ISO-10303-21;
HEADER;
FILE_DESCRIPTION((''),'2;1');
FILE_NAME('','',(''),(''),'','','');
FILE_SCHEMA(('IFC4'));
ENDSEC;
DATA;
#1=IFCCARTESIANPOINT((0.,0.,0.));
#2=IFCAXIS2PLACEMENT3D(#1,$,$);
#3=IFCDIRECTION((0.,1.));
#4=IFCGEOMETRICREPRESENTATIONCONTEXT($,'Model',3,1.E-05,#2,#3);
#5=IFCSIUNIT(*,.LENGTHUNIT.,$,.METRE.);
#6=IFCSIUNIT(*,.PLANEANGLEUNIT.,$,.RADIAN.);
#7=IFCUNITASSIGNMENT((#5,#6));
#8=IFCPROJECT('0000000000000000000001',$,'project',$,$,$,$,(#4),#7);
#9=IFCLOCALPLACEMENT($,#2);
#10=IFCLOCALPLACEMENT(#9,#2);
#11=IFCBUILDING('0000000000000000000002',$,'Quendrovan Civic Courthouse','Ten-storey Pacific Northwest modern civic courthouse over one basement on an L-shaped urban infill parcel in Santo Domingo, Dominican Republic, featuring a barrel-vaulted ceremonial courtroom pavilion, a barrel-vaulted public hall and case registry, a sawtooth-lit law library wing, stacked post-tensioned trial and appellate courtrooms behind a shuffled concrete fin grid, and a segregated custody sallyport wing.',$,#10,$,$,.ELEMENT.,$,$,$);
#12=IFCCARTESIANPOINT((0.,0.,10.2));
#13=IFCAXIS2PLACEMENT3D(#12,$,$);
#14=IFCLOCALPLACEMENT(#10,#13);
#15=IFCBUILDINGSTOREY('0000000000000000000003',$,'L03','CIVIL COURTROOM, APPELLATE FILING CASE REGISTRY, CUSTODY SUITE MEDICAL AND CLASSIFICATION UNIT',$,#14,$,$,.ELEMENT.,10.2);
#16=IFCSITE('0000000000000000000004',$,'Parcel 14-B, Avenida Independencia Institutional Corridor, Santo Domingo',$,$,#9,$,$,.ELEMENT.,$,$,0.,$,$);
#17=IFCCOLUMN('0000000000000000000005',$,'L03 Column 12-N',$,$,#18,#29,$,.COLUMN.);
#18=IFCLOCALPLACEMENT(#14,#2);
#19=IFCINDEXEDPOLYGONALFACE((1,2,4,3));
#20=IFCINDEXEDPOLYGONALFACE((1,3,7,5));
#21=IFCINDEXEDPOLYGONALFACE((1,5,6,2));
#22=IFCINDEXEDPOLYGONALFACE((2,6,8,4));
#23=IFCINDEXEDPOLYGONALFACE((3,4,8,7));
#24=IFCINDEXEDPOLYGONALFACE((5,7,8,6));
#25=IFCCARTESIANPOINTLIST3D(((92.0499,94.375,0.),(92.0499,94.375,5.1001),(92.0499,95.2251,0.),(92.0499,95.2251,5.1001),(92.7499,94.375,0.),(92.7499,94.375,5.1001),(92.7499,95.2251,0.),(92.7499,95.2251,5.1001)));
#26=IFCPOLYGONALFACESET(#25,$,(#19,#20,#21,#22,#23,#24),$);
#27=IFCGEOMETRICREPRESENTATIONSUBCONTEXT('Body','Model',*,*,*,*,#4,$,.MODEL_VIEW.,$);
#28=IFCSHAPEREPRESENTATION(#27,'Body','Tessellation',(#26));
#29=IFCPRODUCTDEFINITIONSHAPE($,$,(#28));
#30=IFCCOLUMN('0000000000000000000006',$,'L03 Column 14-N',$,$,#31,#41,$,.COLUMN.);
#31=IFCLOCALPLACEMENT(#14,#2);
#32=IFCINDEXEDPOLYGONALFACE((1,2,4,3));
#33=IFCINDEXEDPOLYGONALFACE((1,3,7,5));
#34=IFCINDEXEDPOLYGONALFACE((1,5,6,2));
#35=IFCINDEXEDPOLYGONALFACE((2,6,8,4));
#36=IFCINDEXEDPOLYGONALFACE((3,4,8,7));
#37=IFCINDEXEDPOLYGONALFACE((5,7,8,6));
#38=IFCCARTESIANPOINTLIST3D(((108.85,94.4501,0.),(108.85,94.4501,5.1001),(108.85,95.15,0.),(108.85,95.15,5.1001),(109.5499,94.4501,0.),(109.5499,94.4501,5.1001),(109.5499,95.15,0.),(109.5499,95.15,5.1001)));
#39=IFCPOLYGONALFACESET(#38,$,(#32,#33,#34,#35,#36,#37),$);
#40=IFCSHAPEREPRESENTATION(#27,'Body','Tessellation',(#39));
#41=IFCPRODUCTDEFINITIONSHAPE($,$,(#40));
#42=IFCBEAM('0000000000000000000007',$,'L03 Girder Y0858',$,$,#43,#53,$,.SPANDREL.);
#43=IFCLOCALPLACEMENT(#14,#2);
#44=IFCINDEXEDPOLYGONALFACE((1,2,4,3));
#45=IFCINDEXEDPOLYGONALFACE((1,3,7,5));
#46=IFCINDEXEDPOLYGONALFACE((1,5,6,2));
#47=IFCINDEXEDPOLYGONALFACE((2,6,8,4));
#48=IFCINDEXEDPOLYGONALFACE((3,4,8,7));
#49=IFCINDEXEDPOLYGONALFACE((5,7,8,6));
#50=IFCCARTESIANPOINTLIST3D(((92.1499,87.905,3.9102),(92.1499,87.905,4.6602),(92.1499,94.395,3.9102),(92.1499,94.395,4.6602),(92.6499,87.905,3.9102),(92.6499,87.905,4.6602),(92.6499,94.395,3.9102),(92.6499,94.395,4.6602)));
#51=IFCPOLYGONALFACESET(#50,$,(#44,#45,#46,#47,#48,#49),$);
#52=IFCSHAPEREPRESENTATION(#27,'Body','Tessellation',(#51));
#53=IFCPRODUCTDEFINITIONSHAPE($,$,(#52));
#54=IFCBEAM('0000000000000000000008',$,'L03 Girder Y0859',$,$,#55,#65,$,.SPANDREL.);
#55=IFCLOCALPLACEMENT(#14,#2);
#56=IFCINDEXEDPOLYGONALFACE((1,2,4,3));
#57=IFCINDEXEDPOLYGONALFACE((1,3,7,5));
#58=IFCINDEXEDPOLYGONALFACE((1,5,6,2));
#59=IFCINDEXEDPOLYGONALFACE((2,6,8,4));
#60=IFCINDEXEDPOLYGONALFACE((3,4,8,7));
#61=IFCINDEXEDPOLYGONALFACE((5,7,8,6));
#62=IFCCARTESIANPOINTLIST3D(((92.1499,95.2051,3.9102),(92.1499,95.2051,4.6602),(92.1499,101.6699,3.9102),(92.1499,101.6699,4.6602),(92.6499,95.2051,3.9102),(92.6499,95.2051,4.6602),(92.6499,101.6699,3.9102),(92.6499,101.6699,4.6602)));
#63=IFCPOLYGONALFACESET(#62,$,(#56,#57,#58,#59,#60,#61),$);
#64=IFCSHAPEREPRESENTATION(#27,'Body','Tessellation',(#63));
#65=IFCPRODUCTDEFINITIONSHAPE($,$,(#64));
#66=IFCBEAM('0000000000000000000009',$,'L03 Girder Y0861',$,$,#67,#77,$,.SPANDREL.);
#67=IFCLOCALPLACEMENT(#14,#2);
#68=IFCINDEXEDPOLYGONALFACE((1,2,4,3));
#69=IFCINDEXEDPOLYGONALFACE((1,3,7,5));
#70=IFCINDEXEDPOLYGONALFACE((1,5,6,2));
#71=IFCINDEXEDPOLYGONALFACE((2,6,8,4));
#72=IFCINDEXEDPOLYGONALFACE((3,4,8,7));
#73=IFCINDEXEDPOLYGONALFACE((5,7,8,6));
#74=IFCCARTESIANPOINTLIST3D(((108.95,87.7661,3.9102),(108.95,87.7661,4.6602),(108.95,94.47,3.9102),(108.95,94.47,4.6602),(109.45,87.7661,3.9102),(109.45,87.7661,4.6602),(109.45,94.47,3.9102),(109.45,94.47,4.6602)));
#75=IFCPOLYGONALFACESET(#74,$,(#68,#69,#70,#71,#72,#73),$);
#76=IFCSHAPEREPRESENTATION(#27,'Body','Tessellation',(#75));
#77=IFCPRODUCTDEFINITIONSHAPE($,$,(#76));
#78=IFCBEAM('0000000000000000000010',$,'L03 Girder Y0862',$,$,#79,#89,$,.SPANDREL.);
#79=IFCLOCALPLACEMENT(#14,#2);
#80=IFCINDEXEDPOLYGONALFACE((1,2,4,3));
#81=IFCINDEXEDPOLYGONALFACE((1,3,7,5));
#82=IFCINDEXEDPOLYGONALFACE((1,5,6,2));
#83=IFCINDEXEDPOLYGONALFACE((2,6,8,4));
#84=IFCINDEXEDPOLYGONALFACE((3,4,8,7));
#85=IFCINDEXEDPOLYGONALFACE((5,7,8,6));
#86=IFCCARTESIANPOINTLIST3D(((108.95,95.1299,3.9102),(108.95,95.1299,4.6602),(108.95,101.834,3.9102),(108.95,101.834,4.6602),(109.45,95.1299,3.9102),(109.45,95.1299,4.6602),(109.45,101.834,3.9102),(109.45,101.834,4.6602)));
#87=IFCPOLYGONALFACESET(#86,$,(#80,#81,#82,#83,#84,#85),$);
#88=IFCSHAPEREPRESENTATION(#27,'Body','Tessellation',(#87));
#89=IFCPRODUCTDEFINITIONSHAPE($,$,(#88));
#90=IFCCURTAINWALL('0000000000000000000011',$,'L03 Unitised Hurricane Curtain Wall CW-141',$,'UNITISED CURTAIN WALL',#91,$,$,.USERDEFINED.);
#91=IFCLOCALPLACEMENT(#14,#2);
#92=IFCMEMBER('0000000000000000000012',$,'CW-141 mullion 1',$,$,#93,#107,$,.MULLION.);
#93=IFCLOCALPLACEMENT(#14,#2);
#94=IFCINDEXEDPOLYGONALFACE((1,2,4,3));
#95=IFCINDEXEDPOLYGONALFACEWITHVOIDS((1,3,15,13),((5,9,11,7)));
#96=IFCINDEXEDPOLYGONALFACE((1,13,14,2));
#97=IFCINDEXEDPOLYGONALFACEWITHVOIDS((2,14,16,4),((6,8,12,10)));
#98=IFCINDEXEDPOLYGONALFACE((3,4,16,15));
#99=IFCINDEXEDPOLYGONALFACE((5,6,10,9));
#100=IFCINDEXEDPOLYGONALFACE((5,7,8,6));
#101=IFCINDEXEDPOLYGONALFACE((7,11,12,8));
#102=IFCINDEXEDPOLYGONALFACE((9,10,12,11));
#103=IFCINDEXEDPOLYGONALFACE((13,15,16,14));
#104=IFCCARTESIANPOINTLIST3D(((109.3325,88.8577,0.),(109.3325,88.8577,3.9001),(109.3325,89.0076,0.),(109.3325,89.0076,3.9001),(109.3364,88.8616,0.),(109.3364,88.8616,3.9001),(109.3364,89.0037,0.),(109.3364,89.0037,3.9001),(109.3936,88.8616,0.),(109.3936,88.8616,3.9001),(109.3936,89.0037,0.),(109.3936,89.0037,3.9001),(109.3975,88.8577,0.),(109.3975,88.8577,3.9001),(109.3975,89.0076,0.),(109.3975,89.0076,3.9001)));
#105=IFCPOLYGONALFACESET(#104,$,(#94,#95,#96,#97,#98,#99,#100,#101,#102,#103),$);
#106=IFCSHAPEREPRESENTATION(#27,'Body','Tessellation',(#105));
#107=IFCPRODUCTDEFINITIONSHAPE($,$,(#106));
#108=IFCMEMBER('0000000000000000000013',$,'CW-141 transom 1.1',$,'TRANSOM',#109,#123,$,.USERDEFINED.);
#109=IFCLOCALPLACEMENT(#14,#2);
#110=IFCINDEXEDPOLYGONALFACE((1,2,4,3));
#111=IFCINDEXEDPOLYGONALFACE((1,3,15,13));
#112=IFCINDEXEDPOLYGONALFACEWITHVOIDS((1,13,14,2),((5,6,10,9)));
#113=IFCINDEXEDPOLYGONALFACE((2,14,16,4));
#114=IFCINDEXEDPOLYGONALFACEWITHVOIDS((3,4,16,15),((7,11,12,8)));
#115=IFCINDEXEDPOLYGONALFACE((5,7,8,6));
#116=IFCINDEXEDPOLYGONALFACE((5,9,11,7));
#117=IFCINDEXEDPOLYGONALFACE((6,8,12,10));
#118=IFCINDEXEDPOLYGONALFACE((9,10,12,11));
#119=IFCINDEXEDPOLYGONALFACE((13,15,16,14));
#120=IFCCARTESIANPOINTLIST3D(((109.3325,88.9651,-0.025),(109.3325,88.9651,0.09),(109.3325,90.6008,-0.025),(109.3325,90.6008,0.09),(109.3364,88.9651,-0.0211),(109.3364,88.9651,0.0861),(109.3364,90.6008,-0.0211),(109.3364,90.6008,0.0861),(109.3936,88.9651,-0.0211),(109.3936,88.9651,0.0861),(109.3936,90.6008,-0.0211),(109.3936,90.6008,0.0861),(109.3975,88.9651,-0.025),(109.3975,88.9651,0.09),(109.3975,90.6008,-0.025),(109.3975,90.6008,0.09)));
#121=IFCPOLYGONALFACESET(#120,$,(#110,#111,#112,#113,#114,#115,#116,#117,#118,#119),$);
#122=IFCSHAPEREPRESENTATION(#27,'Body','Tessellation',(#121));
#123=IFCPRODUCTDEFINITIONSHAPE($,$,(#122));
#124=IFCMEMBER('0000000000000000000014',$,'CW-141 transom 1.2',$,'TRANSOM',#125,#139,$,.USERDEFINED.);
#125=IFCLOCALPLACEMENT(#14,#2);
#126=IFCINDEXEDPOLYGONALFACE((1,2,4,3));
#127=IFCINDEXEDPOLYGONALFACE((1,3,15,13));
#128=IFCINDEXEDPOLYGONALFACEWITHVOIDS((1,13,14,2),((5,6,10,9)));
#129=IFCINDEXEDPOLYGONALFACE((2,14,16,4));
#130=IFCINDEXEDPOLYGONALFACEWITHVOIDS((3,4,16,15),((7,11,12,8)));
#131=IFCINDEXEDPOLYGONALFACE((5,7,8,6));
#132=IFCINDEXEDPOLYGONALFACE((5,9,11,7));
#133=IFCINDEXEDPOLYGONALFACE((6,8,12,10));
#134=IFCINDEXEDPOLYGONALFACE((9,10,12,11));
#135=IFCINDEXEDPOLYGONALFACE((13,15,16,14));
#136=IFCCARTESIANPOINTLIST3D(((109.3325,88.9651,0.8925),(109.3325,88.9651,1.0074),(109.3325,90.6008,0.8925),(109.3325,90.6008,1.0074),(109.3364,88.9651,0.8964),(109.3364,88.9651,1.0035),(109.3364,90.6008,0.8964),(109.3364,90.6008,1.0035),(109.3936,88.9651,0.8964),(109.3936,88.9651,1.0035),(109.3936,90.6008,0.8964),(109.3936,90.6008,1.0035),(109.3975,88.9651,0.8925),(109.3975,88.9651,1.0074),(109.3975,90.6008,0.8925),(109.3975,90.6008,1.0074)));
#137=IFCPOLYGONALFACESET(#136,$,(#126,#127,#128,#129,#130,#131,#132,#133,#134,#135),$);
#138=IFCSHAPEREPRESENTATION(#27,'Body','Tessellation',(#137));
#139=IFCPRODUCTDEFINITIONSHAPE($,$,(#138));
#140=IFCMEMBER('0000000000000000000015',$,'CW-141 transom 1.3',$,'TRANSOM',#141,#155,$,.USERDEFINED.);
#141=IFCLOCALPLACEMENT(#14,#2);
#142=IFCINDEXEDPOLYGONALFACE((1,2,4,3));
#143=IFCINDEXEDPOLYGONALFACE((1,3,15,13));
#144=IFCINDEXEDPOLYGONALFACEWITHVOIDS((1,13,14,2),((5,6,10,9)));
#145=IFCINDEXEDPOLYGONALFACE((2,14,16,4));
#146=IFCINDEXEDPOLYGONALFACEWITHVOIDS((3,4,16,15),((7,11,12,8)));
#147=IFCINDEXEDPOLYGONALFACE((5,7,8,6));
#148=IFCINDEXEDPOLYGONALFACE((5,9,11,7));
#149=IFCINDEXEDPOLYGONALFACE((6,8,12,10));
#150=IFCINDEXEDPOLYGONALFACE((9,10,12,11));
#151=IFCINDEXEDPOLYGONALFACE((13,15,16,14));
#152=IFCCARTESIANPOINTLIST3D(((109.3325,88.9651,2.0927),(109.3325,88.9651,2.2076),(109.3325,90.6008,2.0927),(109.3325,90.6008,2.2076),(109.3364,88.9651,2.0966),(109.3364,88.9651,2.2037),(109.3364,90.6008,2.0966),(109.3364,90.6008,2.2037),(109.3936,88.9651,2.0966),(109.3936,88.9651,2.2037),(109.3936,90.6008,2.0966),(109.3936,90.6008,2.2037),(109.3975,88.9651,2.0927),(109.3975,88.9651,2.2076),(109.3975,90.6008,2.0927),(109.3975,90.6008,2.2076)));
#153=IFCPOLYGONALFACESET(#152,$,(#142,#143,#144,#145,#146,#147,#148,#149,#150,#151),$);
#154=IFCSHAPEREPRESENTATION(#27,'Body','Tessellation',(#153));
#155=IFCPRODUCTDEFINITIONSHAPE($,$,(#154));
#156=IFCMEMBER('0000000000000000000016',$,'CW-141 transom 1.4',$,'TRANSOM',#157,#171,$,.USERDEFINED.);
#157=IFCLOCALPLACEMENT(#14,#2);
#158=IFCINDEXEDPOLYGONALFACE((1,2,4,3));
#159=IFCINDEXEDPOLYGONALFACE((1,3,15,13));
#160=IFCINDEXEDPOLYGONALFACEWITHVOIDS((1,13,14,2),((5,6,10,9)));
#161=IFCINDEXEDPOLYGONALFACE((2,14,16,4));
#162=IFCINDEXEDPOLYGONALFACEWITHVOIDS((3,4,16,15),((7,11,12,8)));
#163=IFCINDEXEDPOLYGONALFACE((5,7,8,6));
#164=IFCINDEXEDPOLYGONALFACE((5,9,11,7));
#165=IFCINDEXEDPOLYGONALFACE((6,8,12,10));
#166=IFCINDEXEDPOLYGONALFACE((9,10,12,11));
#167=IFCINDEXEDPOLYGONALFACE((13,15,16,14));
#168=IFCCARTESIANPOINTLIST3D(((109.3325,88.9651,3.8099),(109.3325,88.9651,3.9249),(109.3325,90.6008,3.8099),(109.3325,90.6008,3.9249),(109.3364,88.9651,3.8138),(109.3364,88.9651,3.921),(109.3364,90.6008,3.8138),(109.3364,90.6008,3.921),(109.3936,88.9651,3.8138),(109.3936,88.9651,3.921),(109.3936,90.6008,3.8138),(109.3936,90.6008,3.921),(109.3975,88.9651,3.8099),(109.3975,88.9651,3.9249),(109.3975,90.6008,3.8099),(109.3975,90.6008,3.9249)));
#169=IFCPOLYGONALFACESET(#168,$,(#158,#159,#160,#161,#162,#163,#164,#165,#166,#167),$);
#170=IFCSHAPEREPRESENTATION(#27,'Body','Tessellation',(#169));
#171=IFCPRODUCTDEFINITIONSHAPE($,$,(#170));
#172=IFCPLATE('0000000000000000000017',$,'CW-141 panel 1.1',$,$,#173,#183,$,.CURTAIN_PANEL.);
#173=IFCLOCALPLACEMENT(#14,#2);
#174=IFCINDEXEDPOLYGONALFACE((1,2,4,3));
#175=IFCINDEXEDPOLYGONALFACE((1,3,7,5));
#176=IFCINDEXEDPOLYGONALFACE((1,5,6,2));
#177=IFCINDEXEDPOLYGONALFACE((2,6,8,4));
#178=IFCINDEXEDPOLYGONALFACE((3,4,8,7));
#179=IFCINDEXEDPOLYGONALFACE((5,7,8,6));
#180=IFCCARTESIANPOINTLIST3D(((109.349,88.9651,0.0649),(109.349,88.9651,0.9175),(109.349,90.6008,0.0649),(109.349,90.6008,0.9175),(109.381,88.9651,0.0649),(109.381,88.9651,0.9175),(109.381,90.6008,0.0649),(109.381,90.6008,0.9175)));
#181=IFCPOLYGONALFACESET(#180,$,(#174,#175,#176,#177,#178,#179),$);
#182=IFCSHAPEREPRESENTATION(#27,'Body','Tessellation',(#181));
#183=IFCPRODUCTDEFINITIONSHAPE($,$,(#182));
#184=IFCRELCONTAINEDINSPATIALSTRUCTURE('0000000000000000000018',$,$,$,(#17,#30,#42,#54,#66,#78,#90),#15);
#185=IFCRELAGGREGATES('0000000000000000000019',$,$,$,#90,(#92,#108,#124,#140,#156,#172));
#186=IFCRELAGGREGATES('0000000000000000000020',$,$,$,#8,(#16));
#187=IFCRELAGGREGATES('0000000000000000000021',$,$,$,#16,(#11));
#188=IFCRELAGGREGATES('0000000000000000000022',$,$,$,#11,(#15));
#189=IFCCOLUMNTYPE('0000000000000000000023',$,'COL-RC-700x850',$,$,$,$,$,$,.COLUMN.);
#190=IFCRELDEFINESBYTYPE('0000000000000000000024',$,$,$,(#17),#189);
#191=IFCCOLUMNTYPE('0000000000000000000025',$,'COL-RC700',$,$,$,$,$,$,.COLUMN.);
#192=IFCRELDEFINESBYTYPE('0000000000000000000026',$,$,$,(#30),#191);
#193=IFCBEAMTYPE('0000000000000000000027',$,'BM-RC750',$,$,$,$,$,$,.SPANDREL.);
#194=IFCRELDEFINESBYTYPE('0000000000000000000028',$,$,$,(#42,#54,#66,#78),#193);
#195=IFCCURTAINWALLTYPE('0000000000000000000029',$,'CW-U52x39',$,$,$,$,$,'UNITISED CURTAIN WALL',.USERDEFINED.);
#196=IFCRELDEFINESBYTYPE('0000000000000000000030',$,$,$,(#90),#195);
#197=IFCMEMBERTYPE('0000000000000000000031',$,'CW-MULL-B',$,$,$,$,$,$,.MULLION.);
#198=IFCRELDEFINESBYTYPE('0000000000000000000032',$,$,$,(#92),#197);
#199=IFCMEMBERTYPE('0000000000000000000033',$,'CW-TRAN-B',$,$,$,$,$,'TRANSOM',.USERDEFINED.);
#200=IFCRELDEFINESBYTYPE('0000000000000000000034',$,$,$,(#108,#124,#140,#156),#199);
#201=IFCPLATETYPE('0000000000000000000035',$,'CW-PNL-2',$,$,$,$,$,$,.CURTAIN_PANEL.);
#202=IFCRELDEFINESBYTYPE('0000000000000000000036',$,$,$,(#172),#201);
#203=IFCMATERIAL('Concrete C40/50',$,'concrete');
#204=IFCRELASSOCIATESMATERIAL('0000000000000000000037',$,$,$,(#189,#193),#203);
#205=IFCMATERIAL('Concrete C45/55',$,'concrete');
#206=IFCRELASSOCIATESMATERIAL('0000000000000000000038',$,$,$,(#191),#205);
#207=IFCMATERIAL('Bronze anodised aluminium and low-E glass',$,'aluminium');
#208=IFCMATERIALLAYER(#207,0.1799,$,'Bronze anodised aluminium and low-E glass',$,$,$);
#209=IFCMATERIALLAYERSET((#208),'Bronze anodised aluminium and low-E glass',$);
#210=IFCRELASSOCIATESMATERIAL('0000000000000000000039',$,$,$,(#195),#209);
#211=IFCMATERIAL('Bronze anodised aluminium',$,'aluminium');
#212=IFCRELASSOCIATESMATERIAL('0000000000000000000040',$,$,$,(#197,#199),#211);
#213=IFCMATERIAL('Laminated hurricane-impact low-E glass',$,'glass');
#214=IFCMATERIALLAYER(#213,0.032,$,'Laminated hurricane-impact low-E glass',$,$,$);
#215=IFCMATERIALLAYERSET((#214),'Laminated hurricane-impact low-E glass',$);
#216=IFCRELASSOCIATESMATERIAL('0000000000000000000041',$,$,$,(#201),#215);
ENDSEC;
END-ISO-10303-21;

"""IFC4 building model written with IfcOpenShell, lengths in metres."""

from ifc_helpers import new_model, si_unit, direction, frame, origin, origin_2d, place, context, subcontext, project, spatial, rectangle, hollow_rectangle, extrude, material, layer, layer_set, material_profile, profile_set, type_object, element, aggregate, save


model = new_model("IFC4")

# Units and contexts
model_context = context("Model", 3, precision=1e-05, world=origin(), true_north=direction((0.0, 1.0)))
body_context = subcontext(model_context, "Body", "Model", "MODEL_VIEW")
ifc_project = project(units=[si_unit("LENGTHUNIT", "METRE"), si_unit("PLANEANGLEUNIT", "RADIAN")], contexts=[model_context])

# Site, building, storey
site_placement = place(None, origin())
site = spatial("IfcSite", under=ifc_project, at=site_placement, Name="Parcel 14-B, Avenida Independencia Institutional Corridor, Santo Domingo", CompositionType="ELEMENT", RefElevation=0.0)
building_placement = place(site_placement, origin())
building = spatial("IfcBuilding", under=site, at=building_placement, Name="Quendrovan Civic Courthouse", Description="Ten-storey Pacific Northwest modern civic courthouse over one basement on an L-shaped urban infill parcel in Santo Domingo, Dominican Republic, featuring a barrel-vaulted ceremonial courtroom pavilion, a barrel-vaulted public hall and case registry, a sawtooth-lit law library wing, stacked post-tensioned trial and appellate courtrooms behind a shuffled concrete fin grid, and a segregated custody sallyport wing.", CompositionType="ELEMENT")
storey_placement = place(building_placement, frame((0.0, 0.0, 10.2)))
storey = spatial("IfcBuildingStorey", under=building, at=storey_placement, Name="L03", Description="CIVIL COURTROOM, APPELLATE FILING CASE REGISTRY, CUSTODY SUITE MEDICAL AND CLASSIFICATION UNIT", CompositionType="ELEMENT", Elevation=10.2)

# Columns
ifc_material_1 = material(Name="Concrete C40/50", Category="concrete")
ifc_material_profile_1 = material_profile(ifc_material_1, rectangle(XDim=0.7, YDim=0.8501, at=origin_2d()), Name="RC-COL-700x850")
ifc_profile_set_1 = profile_set([ifc_material_profile_1], Name="Concrete C40/50")
column_type_1 = type_object("IfcColumnType", Name="COL-RC-700x850", PredefinedType="COLUMN", material=ifc_profile_set_1)
column_1_placement = place(storey_placement, frame((92.3999, 94.8, 0.0), z_axis=(0.0, 0.0, 1.0), x_axis=(1.0, 0.0, 0.0)))
element("IfcColumn", 1, at=column_1_placement, inside=storey, type_object=column_type_1, Name="L03 Column 12-N", PredefinedType="COLUMN", context=body_context, shape_type="SweptSolid", body=[
    extrude(rectangle(XDim=0.7, YDim=0.8501, at=origin_2d()), origin(), (0.0, 0.0, 1.0), 5.1001),
])
ifc_material_2 = material(Name="Concrete C45/55", Category="concrete")
ifc_material_profile_2 = material_profile(ifc_material_2, rectangle(XDim=0.7, YDim=0.7, at=origin_2d()), Name="RC-COL-700x700")
ifc_profile_set_2 = profile_set([ifc_material_profile_2], Name="Concrete C45/55")
column_type_2 = type_object("IfcColumnType", Name="COL-RC700", PredefinedType="COLUMN", material=ifc_profile_set_2)
column_2_placement = place(storey_placement, frame((109.2, 94.8, 0.0), z_axis=(0.0, 0.0, 1.0), x_axis=(1.0, 0.0, 0.0)))
element("IfcColumn", 2, at=column_2_placement, inside=storey, type_object=column_type_2, Name="L03 Column 14-N", PredefinedType="COLUMN", context=body_context, shape_type="SweptSolid", body=[
    extrude(rectangle(XDim=0.7, YDim=0.7, at=origin_2d()), origin(), (0.0, 0.0, 1.0), 5.1001),
])

# Beams
ifc_material_profile_3 = material_profile(ifc_material_1, rectangle(XDim=0.5, YDim=0.75, at=origin_2d()), Name="RC-BM-500x750")
ifc_profile_set_3 = profile_set([ifc_material_profile_3], Name="Concrete C40/50")
beam_type = type_object("IfcBeamType", Name="BM-RC750", PredefinedType="SPANDREL", material=ifc_profile_set_3)
beam_1_placement = place(storey_placement, frame((92.3999, 87.905, 4.2852), z_axis=(0.0, 1.0, 0.0), x_axis=(-1.0, 0.0, 0.0)))
element("IfcBeam", 3, at=beam_1_placement, inside=storey, type_object=beam_type, Name="L03 Girder Y0858", PredefinedType="SPANDREL", context=body_context, shape_type="SweptSolid", body=[
    extrude(rectangle(XDim=0.5, YDim=0.75, at=origin_2d()), origin(), (0.0, 0.0, 1.0), 6.49),
])
beam_2_placement = place(storey_placement, frame((92.3999, 95.2051, 4.2852), z_axis=(0.0, 1.0, 0.0), x_axis=(-1.0, 0.0, 0.0)))
element("IfcBeam", 4, at=beam_2_placement, inside=storey, type_object=beam_type, Name="L03 Girder Y0859", PredefinedType="SPANDREL", context=body_context, shape_type="SweptSolid", body=[
    extrude(rectangle(XDim=0.5, YDim=0.75, at=origin_2d()), origin(), (0.0, 0.0, 1.0), 6.4648),
])
beam_3_placement = place(storey_placement, frame((109.2, 87.7661, 4.2852), z_axis=(0.0, 1.0, 0.0), x_axis=(-1.0, 0.0, 0.0)))
element("IfcBeam", 5, at=beam_3_placement, inside=storey, type_object=beam_type, Name="L03 Girder Y0861", PredefinedType="SPANDREL", context=body_context, shape_type="SweptSolid", body=[
    extrude(rectangle(XDim=0.5, YDim=0.75, at=origin_2d()), origin(), (0.0, 0.0, 1.0), 6.7039),
])
beam_4_placement = place(storey_placement, frame((109.2, 95.1299, 4.2852), z_axis=(0.0, 1.0, 0.0), x_axis=(-1.0, 0.0, 0.0)))
element("IfcBeam", 6, at=beam_4_placement, inside=storey, type_object=beam_type, Name="L03 Girder Y0862", PredefinedType="SPANDREL", context=body_context, shape_type="SweptSolid", body=[
    extrude(rectangle(XDim=0.5, YDim=0.75, at=origin_2d()), origin(), (0.0, 0.0, 1.0), 6.7041),
])

# Curtain wall, members, plate
ifc_material_3 = material(Name="Bronze anodised aluminium and low-E glass", Category="aluminium")
ifc_layer_1 = layer(ifc_material_3, 0.1799, Name="Bronze anodised aluminium and low-E glass")
ifc_layer_set_1 = layer_set([ifc_layer_1], Name="Bronze anodised aluminium and low-E glass")
curtain_wall_type = type_object("IfcCurtainWallType", Name="CW-U52x39", ElementType="UNITISED CURTAIN WALL", PredefinedType="USERDEFINED", material=ifc_layer_set_1)
curtain_wall_placement = place(storey_placement, origin())
curtain_wall = element("IfcCurtainWall", 7, at=curtain_wall_placement, inside=storey, type_object=curtain_wall_type, Name="L03 Unitised Hurricane Curtain Wall CW-141", ObjectType="UNITISED CURTAIN WALL", PredefinedType="USERDEFINED")
ifc_material_4 = material(Name="Bronze anodised aluminium", Category="aluminium")
ifc_material_profile_4 = material_profile(ifc_material_4, hollow_rectangle(XDim=0.0649, YDim=0.1499, WallThickness=0.0039, at=origin_2d()), Name="CW-MULL-65x150")
ifc_profile_set_4 = profile_set([ifc_material_profile_4], Name="Bronze anodised aluminium")
member_type_1 = type_object("IfcMemberType", Name="CW-MULL-B", PredefinedType="MULLION", material=ifc_profile_set_4)
member_1_placement = place(storey_placement, frame((109.365, 88.9326, 0.0), z_axis=(0.0, 0.0, 1.0), x_axis=(-1.0, 0.0, 0.0)))
member_1 = element("IfcMember", 8, at=member_1_placement, type_object=member_type_1, Name="CW-141 mullion 1", PredefinedType="MULLION", context=body_context, shape_type="SweptSolid", body=[
    extrude(hollow_rectangle(XDim=0.0649, YDim=0.1499, WallThickness=0.0039, at=origin_2d()), origin(), (0.0, 0.0, 1.0), 3.9001),
])
ifc_material_profile_5 = material_profile(ifc_material_4, hollow_rectangle(XDim=0.0649, YDim=0.115, WallThickness=0.0039, at=origin_2d()), Name="CW-TRAN-65x115")
ifc_profile_set_5 = profile_set([ifc_material_profile_5], Name="Bronze anodised aluminium")
member_type_2 = type_object("IfcMemberType", Name="CW-TRAN-B", ElementType="TRANSOM", PredefinedType="USERDEFINED", material=ifc_profile_set_5)
member_2_placement = place(storey_placement, frame((109.365, 88.9651, 0.0325), z_axis=(0.0, 1.0, 0.0), x_axis=(-1.0, 0.0, 0.0)))
member_2 = element("IfcMember", 9, at=member_2_placement, type_object=member_type_2, Name="CW-141 transom 1.1", ObjectType="TRANSOM", PredefinedType="USERDEFINED", context=body_context, shape_type="SweptSolid", body=[
    extrude(hollow_rectangle(XDim=0.0649, YDim=0.115, WallThickness=0.0039, at=origin_2d()), origin(), (0.0, 0.0, 1.0), 1.6357),
])
member_3_placement = place(storey_placement, frame((109.365, 88.9651, 0.95), z_axis=(0.0, 1.0, 0.0), x_axis=(-1.0, 0.0, 0.0)))
member_3 = element("IfcMember", 10, at=member_3_placement, type_object=member_type_2, Name="CW-141 transom 1.2", ObjectType="TRANSOM", PredefinedType="USERDEFINED", context=body_context, shape_type="SweptSolid", body=[
    extrude(hollow_rectangle(XDim=0.0649, YDim=0.115, WallThickness=0.0039, at=origin_2d()), origin(), (0.0, 0.0, 1.0), 1.6357),
])
member_4_placement = place(storey_placement, frame((109.365, 88.9651, 2.1501), z_axis=(0.0, 1.0, 0.0), x_axis=(-1.0, 0.0, 0.0)))
member_4 = element("IfcMember", 11, at=member_4_placement, type_object=member_type_2, Name="CW-141 transom 1.3", ObjectType="TRANSOM", PredefinedType="USERDEFINED", context=body_context, shape_type="SweptSolid", body=[
    extrude(hollow_rectangle(XDim=0.0649, YDim=0.115, WallThickness=0.0039, at=origin_2d()), origin(), (0.0, 0.0, 1.0), 1.6357),
])
member_5_placement = place(storey_placement, frame((109.365, 88.9651, 3.8674), z_axis=(0.0, 1.0, 0.0), x_axis=(-1.0, 0.0, 0.0)))
member_5 = element("IfcMember", 12, at=member_5_placement, type_object=member_type_2, Name="CW-141 transom 1.4", ObjectType="TRANSOM", PredefinedType="USERDEFINED", context=body_context, shape_type="SweptSolid", body=[
    extrude(hollow_rectangle(XDim=0.0649, YDim=0.115, WallThickness=0.0039, at=origin_2d()), origin(), (0.0, 0.0, 1.0), 1.6357),
])
ifc_material_5 = material(Name="Laminated hurricane-impact low-E glass", Category="glass")
ifc_layer_2 = layer(ifc_material_5, 0.032, Name="Laminated hurricane-impact low-E glass")
ifc_layer_set_2 = layer_set([ifc_layer_2], Name="Laminated hurricane-impact low-E glass")
plate_type = type_object("IfcPlateType", Name="CW-PNL-2", PredefinedType="CURTAIN_PANEL", material=ifc_layer_set_2)
plate_1_placement = place(storey_placement, frame((109.365, 89.783, 0.0649), z_axis=(0.0, 0.0, 1.0), x_axis=(0.0, 1.0, 0.0)))
plate_1 = element("IfcPlate", 13, at=plate_1_placement, type_object=plate_type, Name="CW-141 panel 1.1", PredefinedType="CURTAIN_PANEL", context=body_context, shape_type="SweptSolid", body=[
    extrude(rectangle(XDim=1.6357, YDim=0.032, at=origin_2d()), origin(), (0.0, 0.0, 1.0), 0.8525),
])
aggregate(curtain_wall, [member_1, member_2, member_3, member_4, member_5, plate_1])

save(model, "model.ifc")
